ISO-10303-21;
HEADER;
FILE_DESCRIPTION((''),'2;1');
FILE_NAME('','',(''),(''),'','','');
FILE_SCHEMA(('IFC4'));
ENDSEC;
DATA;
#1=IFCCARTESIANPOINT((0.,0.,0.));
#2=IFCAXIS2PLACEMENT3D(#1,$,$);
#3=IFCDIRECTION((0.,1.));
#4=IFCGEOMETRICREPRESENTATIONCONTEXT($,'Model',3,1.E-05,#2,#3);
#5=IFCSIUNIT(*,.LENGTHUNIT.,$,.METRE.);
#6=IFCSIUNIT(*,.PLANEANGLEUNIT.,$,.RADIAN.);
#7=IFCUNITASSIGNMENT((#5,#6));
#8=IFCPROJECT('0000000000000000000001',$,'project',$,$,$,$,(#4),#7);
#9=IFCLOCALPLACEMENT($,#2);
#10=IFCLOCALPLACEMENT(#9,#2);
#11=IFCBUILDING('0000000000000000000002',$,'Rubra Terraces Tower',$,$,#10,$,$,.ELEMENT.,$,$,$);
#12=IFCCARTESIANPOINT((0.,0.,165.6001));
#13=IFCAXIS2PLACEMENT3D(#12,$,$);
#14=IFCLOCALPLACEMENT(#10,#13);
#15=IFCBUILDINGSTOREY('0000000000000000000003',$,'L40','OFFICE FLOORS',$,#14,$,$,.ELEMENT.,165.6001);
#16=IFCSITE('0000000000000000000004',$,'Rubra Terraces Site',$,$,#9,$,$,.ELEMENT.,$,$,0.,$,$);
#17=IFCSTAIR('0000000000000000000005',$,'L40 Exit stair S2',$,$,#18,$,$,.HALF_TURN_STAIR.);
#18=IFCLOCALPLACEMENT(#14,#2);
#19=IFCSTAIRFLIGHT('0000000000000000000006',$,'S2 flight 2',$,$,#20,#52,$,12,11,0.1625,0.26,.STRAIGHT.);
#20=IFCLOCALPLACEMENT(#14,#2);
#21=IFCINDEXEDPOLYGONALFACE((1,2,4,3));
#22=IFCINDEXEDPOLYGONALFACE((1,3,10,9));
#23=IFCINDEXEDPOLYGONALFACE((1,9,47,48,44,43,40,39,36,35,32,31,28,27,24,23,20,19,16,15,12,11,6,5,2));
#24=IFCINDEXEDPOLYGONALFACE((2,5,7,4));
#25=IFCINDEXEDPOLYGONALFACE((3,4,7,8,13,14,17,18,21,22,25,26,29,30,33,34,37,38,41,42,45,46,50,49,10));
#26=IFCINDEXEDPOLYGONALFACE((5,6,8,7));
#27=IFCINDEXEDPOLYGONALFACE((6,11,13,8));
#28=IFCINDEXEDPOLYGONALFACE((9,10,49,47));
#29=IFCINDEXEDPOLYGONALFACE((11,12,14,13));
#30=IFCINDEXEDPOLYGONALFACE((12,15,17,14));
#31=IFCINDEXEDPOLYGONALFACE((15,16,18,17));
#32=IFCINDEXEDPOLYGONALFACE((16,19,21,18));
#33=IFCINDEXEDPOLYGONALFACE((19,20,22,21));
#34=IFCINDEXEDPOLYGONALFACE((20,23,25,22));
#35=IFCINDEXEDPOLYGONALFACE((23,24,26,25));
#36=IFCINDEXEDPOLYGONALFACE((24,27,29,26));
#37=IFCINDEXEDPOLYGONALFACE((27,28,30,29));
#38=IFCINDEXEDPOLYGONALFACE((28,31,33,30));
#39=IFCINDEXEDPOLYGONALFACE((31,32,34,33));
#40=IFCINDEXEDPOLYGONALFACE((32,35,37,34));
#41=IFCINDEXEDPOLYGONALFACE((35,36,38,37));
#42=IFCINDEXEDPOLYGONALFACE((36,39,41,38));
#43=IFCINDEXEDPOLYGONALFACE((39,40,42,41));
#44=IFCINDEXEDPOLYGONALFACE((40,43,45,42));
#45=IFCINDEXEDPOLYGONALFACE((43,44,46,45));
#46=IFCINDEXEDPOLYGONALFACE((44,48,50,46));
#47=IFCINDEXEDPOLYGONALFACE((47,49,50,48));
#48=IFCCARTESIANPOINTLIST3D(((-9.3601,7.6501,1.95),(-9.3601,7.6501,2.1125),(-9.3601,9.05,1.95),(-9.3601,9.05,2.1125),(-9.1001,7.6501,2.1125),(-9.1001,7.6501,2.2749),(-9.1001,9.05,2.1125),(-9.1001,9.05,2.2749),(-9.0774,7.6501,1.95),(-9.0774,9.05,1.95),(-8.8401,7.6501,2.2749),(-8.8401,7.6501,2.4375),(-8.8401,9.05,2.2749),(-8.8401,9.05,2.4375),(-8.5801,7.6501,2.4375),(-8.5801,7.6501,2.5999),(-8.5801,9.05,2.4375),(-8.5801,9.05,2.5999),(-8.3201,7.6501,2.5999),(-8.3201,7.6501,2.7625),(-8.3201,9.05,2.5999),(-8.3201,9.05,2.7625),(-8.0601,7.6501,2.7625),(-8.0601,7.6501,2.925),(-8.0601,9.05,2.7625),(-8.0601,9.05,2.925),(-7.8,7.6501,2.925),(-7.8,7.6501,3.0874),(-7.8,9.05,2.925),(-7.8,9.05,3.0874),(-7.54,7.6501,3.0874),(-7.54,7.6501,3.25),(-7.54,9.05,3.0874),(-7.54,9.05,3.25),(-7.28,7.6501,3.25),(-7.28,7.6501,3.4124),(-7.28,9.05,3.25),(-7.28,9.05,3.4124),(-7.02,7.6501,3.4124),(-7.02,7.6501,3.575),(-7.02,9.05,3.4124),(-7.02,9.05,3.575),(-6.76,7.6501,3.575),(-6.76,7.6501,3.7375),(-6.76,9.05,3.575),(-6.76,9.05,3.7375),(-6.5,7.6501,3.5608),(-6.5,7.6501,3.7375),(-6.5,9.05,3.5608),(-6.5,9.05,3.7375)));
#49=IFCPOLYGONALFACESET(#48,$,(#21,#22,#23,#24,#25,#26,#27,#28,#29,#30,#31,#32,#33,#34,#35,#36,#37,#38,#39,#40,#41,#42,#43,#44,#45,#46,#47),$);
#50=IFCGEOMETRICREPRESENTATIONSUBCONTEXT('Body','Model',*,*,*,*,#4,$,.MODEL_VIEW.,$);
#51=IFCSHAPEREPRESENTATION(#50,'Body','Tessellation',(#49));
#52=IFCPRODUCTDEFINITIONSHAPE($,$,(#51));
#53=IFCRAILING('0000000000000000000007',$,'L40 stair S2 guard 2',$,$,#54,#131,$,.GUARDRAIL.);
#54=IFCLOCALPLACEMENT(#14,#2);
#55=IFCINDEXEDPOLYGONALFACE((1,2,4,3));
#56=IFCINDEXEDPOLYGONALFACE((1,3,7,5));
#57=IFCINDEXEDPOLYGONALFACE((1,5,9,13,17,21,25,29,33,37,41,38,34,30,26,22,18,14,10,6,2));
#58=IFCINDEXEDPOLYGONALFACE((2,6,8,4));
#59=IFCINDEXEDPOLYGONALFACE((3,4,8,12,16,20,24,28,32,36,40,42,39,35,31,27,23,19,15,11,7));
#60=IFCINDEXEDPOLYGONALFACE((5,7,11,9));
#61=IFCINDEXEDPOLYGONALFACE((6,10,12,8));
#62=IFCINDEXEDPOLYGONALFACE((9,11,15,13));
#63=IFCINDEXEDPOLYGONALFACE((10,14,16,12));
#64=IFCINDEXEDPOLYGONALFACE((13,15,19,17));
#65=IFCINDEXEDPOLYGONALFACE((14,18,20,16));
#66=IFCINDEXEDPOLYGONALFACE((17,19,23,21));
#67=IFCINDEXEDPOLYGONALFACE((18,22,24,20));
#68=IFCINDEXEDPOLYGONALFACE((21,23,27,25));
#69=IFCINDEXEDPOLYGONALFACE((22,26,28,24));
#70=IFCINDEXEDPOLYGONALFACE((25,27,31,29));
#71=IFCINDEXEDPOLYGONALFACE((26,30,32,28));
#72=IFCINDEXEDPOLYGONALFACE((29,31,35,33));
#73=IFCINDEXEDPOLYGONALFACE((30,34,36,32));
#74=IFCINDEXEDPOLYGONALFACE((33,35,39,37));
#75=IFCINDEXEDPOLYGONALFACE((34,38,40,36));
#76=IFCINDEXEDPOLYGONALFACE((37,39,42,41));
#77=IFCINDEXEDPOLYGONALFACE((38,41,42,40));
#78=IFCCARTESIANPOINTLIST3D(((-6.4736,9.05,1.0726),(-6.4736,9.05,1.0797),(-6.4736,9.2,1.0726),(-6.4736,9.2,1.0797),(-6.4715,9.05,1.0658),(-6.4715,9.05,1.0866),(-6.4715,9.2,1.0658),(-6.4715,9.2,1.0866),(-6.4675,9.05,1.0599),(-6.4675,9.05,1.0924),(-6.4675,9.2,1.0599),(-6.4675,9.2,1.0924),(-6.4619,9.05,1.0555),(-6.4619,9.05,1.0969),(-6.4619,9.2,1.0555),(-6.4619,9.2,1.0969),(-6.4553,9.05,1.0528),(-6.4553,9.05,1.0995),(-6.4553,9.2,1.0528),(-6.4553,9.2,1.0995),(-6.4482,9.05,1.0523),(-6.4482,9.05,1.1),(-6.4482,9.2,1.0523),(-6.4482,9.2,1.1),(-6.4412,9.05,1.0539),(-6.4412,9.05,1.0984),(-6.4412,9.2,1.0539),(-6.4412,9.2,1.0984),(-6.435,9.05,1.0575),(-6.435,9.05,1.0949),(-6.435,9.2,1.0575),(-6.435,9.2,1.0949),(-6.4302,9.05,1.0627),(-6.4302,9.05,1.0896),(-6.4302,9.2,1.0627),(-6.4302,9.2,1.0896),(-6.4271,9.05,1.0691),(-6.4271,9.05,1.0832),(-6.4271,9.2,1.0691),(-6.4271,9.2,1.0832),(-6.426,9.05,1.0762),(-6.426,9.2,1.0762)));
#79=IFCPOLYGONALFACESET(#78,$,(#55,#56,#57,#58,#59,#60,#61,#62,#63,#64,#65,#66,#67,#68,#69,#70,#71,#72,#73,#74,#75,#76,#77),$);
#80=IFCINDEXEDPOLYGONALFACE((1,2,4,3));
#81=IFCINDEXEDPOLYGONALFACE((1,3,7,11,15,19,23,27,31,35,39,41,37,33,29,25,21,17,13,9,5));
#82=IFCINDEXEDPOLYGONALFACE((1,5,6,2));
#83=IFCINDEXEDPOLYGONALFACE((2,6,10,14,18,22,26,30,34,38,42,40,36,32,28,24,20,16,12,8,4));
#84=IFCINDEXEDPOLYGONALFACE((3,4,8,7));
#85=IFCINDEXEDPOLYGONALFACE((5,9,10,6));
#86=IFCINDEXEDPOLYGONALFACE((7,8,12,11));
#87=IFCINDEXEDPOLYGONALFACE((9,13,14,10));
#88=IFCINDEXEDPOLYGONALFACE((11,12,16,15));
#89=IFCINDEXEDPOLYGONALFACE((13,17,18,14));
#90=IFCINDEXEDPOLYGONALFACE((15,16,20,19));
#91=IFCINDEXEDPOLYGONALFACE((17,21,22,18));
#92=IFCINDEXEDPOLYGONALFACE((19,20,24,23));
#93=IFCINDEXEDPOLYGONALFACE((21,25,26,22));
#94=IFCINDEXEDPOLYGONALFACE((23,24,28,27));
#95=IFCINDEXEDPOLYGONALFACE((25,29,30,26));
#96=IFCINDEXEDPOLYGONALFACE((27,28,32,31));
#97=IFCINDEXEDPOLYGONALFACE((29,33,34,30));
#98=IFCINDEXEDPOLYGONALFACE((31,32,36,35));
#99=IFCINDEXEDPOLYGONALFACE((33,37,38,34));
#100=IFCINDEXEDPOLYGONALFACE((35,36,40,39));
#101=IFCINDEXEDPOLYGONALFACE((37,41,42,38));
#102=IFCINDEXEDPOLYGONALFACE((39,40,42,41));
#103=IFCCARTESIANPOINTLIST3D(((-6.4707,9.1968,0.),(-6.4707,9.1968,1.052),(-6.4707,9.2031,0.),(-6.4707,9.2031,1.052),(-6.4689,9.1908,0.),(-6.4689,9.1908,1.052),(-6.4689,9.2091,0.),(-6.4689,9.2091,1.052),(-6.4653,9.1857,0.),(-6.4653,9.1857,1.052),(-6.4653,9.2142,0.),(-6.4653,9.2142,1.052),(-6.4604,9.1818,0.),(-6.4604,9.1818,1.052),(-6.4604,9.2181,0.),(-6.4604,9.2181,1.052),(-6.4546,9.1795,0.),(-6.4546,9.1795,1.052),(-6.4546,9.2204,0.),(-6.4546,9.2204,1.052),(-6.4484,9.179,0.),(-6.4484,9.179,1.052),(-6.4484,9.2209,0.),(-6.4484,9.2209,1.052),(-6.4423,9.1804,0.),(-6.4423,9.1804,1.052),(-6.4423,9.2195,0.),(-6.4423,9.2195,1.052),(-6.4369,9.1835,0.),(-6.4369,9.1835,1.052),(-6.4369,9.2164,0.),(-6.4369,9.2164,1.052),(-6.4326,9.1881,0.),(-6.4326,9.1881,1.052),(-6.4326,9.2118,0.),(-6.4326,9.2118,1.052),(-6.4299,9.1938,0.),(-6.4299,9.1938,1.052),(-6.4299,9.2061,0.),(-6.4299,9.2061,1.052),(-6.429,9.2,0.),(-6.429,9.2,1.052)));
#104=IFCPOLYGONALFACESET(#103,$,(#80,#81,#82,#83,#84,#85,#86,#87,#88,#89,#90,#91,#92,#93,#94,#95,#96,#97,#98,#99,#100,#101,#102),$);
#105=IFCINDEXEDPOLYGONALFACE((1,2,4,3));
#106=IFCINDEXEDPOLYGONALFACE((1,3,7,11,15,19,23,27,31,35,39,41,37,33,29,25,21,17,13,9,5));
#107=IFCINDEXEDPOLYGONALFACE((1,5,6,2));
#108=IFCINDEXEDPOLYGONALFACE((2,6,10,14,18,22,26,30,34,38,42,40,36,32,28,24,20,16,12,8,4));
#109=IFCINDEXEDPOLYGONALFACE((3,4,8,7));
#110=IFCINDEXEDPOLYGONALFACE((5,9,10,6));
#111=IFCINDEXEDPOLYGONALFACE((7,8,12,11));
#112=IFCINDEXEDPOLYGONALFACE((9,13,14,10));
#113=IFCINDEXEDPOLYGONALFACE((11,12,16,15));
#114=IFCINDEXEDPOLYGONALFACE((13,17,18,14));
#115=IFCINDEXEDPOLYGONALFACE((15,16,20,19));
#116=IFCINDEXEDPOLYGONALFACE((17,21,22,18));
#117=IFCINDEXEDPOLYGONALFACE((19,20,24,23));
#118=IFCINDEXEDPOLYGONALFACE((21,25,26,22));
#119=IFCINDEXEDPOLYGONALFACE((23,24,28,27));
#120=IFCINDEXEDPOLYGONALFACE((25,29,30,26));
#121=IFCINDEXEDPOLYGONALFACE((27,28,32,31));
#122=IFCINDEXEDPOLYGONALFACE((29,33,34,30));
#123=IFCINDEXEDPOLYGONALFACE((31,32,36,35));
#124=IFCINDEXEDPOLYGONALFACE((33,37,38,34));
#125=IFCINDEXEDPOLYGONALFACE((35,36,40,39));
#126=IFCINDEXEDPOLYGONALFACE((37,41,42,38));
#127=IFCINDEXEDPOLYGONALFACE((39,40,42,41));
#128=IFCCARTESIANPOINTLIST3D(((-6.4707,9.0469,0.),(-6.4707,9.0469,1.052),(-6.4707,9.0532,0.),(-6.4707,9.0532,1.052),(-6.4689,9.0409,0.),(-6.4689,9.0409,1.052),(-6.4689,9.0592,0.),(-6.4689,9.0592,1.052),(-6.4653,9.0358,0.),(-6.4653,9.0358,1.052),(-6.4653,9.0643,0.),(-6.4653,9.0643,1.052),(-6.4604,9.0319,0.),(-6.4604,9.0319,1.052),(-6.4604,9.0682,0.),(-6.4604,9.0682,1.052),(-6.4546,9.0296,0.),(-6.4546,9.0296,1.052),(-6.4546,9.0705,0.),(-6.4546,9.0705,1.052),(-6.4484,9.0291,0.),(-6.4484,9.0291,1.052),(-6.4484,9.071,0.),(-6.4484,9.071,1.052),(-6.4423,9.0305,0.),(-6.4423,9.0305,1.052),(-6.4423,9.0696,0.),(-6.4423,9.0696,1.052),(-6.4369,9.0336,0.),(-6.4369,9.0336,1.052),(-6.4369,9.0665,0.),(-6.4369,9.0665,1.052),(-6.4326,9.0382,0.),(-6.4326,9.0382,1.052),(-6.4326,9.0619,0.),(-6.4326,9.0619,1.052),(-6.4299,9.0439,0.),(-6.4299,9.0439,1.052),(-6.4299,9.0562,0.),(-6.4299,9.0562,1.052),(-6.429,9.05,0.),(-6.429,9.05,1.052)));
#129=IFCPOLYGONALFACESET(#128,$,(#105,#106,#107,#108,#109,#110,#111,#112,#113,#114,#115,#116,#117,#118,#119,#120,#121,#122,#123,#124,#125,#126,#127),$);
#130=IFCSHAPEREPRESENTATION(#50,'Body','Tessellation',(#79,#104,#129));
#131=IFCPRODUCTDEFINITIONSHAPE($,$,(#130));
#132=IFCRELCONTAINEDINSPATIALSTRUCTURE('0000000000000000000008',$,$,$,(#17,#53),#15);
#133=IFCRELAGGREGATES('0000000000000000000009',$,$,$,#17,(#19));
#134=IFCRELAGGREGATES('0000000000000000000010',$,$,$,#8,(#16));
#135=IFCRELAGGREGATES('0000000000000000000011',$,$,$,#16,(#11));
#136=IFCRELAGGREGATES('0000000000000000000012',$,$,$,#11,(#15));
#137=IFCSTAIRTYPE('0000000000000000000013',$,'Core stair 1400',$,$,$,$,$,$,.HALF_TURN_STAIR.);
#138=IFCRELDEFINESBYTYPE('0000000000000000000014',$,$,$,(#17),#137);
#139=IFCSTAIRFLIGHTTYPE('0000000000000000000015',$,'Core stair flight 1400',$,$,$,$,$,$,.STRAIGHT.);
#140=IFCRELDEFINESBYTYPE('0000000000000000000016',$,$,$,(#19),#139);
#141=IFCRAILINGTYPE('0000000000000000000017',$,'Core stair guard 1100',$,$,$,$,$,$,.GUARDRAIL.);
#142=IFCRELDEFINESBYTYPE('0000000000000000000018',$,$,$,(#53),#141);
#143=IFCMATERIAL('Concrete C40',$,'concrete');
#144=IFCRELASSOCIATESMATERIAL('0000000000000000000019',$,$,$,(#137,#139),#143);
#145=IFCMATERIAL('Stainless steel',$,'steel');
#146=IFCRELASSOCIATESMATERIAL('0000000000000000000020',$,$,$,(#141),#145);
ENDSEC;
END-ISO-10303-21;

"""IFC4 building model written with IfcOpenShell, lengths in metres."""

from ifc_helpers import new_model, si_unit, direction, frame, origin, origin_2d, place, context, subcontext, project, spatial, polyline, circle, outline, extrude, material, type_object, element, aggregate, save


model = new_model("IFC4")

# Units and contexts
model_context = context("Model", 3, precision=1e-05, world=origin(), true_north=direction((0.0, 1.0)))
body_context = subcontext(model_context, "Body", "Model", "MODEL_VIEW")
ifc_project = project(units=[si_unit("LENGTHUNIT", "METRE"), si_unit("PLANEANGLEUNIT", "RADIAN")], contexts=[model_context])

# Site, building, storey
site_placement = place(None, origin())
site = spatial("IfcSite", under=ifc_project, at=site_placement, Name="Rubra Terraces Site", CompositionType="ELEMENT", RefElevation=0.0)
building_placement = place(site_placement, origin())
building = spatial("IfcBuilding", under=site, at=building_placement, Name="Rubra Terraces Tower", CompositionType="ELEMENT")
storey_placement = place(building_placement, frame((0.0, 0.0, 165.6001)))
storey = spatial("IfcBuildingStorey", under=building, at=storey_placement, Name="L40", Description="OFFICE FLOORS", CompositionType="ELEMENT", Elevation=165.6001)

# Shared definitions
ifc_material_1 = material(Name="Concrete C40", Category="concrete")

# Shared definitions
ifc_material_2 = material(Name="Stainless steel", Category="steel")

# Stair, stair flight
stair_type = type_object("IfcStairType", Name="Core stair 1400", PredefinedType="HALF_TURN_STAIR", material=ifc_material_1)
stair_placement = place(storey_placement, origin())
stair = element("IfcStair", 1, at=stair_placement, inside=storey, type_object=stair_type, Name="L40 Exit stair S2", PredefinedType="HALF_TURN_STAIR")
stair_flight_type = type_object("IfcStairFlightType", Name="Core stair flight 1400", PredefinedType="STRAIGHT", material=ifc_material_1)
stair_flight_1_placement = place(storey_placement, frame((-9.3601, 8.3501, 1.95), z_axis=(0.0, 0.0, 1.0), x_axis=(1.0, 0.0, 0.0)))
stair_flight_1 = element("IfcStairFlight", 2, at=stair_flight_1_placement, type_object=stair_flight_type, Name="S2 flight 2", NumberOfRisers=12, NumberOfTreads=11, PredefinedType="STRAIGHT", RiserHeight=0.1625, TreadLength=0.26, context=body_context, shape_type="SweptSolid", body=[
    extrude(outline(polyline([(0.0, 0.0), (0.0, 0.1626), (0.26, 0.1626), (0.26, 0.325), (0.52, 0.325), (0.52, 0.4875), (0.78, 0.4875), (0.78, 0.6499), (1.04, 0.6499), (1.04, 0.8125), (1.3, 0.8125), (1.3, 0.9751), (1.5601, 0.9751), (1.5601, 1.1375), (1.8201, 1.1375), (1.8201, 1.3), (2.0801, 1.3), (2.0801, 1.4624), (2.3401, 1.4624), (2.3401, 1.625), (2.6001, 1.625), (2.6001, 1.7876), (2.8601, 1.7876), (2.8601, 1.95), (2.8601, 1.6108), (0.2827, 0.0), (0.0, 0.0)])), frame((0.0, 0.7, 0.0), z_axis=(0.0, -1.0, 0.0), x_axis=(1.0, 0.0, 0.0)), (0.0, 0.0, 1.0), 1.3999),
])
aggregate(stair, [stair_flight_1])

# Railing
railing_type_1 = type_object("IfcRailingType", Name="Core stair guard 1100", PredefinedType="GUARDRAIL", material=ifc_material_2)
railing_1_placement = place(storey_placement, frame((-6.45, 9.2, 0.0)))
element("IfcRailing", 3, at=railing_1_placement, inside=storey, type_object=railing_type_1, Name="L40 stair S2 guard 2", PredefinedType="GUARDRAIL", context=body_context, shape_type="SweptSolid", body=[
    extrude(circle(Radius=0.0239, at=origin_2d()), frame((0.0, 0.0, 1.0762), z_axis=(0.0, -1.0, 0.0), x_axis=(1.0, 0.0, 0.0)), (0.0, 0.0, 1.0), 0.1499),
    extrude(circle(Radius=0.021, at=origin_2d()), origin(), (0.0, 0.0, 1.0), 1.052),
    extrude(circle(Radius=0.021, at=origin_2d()), frame((0.0, -0.1499, 0.0)), (0.0, 0.0, 1.0), 1.052),
])

save(model, "model.ifc")
